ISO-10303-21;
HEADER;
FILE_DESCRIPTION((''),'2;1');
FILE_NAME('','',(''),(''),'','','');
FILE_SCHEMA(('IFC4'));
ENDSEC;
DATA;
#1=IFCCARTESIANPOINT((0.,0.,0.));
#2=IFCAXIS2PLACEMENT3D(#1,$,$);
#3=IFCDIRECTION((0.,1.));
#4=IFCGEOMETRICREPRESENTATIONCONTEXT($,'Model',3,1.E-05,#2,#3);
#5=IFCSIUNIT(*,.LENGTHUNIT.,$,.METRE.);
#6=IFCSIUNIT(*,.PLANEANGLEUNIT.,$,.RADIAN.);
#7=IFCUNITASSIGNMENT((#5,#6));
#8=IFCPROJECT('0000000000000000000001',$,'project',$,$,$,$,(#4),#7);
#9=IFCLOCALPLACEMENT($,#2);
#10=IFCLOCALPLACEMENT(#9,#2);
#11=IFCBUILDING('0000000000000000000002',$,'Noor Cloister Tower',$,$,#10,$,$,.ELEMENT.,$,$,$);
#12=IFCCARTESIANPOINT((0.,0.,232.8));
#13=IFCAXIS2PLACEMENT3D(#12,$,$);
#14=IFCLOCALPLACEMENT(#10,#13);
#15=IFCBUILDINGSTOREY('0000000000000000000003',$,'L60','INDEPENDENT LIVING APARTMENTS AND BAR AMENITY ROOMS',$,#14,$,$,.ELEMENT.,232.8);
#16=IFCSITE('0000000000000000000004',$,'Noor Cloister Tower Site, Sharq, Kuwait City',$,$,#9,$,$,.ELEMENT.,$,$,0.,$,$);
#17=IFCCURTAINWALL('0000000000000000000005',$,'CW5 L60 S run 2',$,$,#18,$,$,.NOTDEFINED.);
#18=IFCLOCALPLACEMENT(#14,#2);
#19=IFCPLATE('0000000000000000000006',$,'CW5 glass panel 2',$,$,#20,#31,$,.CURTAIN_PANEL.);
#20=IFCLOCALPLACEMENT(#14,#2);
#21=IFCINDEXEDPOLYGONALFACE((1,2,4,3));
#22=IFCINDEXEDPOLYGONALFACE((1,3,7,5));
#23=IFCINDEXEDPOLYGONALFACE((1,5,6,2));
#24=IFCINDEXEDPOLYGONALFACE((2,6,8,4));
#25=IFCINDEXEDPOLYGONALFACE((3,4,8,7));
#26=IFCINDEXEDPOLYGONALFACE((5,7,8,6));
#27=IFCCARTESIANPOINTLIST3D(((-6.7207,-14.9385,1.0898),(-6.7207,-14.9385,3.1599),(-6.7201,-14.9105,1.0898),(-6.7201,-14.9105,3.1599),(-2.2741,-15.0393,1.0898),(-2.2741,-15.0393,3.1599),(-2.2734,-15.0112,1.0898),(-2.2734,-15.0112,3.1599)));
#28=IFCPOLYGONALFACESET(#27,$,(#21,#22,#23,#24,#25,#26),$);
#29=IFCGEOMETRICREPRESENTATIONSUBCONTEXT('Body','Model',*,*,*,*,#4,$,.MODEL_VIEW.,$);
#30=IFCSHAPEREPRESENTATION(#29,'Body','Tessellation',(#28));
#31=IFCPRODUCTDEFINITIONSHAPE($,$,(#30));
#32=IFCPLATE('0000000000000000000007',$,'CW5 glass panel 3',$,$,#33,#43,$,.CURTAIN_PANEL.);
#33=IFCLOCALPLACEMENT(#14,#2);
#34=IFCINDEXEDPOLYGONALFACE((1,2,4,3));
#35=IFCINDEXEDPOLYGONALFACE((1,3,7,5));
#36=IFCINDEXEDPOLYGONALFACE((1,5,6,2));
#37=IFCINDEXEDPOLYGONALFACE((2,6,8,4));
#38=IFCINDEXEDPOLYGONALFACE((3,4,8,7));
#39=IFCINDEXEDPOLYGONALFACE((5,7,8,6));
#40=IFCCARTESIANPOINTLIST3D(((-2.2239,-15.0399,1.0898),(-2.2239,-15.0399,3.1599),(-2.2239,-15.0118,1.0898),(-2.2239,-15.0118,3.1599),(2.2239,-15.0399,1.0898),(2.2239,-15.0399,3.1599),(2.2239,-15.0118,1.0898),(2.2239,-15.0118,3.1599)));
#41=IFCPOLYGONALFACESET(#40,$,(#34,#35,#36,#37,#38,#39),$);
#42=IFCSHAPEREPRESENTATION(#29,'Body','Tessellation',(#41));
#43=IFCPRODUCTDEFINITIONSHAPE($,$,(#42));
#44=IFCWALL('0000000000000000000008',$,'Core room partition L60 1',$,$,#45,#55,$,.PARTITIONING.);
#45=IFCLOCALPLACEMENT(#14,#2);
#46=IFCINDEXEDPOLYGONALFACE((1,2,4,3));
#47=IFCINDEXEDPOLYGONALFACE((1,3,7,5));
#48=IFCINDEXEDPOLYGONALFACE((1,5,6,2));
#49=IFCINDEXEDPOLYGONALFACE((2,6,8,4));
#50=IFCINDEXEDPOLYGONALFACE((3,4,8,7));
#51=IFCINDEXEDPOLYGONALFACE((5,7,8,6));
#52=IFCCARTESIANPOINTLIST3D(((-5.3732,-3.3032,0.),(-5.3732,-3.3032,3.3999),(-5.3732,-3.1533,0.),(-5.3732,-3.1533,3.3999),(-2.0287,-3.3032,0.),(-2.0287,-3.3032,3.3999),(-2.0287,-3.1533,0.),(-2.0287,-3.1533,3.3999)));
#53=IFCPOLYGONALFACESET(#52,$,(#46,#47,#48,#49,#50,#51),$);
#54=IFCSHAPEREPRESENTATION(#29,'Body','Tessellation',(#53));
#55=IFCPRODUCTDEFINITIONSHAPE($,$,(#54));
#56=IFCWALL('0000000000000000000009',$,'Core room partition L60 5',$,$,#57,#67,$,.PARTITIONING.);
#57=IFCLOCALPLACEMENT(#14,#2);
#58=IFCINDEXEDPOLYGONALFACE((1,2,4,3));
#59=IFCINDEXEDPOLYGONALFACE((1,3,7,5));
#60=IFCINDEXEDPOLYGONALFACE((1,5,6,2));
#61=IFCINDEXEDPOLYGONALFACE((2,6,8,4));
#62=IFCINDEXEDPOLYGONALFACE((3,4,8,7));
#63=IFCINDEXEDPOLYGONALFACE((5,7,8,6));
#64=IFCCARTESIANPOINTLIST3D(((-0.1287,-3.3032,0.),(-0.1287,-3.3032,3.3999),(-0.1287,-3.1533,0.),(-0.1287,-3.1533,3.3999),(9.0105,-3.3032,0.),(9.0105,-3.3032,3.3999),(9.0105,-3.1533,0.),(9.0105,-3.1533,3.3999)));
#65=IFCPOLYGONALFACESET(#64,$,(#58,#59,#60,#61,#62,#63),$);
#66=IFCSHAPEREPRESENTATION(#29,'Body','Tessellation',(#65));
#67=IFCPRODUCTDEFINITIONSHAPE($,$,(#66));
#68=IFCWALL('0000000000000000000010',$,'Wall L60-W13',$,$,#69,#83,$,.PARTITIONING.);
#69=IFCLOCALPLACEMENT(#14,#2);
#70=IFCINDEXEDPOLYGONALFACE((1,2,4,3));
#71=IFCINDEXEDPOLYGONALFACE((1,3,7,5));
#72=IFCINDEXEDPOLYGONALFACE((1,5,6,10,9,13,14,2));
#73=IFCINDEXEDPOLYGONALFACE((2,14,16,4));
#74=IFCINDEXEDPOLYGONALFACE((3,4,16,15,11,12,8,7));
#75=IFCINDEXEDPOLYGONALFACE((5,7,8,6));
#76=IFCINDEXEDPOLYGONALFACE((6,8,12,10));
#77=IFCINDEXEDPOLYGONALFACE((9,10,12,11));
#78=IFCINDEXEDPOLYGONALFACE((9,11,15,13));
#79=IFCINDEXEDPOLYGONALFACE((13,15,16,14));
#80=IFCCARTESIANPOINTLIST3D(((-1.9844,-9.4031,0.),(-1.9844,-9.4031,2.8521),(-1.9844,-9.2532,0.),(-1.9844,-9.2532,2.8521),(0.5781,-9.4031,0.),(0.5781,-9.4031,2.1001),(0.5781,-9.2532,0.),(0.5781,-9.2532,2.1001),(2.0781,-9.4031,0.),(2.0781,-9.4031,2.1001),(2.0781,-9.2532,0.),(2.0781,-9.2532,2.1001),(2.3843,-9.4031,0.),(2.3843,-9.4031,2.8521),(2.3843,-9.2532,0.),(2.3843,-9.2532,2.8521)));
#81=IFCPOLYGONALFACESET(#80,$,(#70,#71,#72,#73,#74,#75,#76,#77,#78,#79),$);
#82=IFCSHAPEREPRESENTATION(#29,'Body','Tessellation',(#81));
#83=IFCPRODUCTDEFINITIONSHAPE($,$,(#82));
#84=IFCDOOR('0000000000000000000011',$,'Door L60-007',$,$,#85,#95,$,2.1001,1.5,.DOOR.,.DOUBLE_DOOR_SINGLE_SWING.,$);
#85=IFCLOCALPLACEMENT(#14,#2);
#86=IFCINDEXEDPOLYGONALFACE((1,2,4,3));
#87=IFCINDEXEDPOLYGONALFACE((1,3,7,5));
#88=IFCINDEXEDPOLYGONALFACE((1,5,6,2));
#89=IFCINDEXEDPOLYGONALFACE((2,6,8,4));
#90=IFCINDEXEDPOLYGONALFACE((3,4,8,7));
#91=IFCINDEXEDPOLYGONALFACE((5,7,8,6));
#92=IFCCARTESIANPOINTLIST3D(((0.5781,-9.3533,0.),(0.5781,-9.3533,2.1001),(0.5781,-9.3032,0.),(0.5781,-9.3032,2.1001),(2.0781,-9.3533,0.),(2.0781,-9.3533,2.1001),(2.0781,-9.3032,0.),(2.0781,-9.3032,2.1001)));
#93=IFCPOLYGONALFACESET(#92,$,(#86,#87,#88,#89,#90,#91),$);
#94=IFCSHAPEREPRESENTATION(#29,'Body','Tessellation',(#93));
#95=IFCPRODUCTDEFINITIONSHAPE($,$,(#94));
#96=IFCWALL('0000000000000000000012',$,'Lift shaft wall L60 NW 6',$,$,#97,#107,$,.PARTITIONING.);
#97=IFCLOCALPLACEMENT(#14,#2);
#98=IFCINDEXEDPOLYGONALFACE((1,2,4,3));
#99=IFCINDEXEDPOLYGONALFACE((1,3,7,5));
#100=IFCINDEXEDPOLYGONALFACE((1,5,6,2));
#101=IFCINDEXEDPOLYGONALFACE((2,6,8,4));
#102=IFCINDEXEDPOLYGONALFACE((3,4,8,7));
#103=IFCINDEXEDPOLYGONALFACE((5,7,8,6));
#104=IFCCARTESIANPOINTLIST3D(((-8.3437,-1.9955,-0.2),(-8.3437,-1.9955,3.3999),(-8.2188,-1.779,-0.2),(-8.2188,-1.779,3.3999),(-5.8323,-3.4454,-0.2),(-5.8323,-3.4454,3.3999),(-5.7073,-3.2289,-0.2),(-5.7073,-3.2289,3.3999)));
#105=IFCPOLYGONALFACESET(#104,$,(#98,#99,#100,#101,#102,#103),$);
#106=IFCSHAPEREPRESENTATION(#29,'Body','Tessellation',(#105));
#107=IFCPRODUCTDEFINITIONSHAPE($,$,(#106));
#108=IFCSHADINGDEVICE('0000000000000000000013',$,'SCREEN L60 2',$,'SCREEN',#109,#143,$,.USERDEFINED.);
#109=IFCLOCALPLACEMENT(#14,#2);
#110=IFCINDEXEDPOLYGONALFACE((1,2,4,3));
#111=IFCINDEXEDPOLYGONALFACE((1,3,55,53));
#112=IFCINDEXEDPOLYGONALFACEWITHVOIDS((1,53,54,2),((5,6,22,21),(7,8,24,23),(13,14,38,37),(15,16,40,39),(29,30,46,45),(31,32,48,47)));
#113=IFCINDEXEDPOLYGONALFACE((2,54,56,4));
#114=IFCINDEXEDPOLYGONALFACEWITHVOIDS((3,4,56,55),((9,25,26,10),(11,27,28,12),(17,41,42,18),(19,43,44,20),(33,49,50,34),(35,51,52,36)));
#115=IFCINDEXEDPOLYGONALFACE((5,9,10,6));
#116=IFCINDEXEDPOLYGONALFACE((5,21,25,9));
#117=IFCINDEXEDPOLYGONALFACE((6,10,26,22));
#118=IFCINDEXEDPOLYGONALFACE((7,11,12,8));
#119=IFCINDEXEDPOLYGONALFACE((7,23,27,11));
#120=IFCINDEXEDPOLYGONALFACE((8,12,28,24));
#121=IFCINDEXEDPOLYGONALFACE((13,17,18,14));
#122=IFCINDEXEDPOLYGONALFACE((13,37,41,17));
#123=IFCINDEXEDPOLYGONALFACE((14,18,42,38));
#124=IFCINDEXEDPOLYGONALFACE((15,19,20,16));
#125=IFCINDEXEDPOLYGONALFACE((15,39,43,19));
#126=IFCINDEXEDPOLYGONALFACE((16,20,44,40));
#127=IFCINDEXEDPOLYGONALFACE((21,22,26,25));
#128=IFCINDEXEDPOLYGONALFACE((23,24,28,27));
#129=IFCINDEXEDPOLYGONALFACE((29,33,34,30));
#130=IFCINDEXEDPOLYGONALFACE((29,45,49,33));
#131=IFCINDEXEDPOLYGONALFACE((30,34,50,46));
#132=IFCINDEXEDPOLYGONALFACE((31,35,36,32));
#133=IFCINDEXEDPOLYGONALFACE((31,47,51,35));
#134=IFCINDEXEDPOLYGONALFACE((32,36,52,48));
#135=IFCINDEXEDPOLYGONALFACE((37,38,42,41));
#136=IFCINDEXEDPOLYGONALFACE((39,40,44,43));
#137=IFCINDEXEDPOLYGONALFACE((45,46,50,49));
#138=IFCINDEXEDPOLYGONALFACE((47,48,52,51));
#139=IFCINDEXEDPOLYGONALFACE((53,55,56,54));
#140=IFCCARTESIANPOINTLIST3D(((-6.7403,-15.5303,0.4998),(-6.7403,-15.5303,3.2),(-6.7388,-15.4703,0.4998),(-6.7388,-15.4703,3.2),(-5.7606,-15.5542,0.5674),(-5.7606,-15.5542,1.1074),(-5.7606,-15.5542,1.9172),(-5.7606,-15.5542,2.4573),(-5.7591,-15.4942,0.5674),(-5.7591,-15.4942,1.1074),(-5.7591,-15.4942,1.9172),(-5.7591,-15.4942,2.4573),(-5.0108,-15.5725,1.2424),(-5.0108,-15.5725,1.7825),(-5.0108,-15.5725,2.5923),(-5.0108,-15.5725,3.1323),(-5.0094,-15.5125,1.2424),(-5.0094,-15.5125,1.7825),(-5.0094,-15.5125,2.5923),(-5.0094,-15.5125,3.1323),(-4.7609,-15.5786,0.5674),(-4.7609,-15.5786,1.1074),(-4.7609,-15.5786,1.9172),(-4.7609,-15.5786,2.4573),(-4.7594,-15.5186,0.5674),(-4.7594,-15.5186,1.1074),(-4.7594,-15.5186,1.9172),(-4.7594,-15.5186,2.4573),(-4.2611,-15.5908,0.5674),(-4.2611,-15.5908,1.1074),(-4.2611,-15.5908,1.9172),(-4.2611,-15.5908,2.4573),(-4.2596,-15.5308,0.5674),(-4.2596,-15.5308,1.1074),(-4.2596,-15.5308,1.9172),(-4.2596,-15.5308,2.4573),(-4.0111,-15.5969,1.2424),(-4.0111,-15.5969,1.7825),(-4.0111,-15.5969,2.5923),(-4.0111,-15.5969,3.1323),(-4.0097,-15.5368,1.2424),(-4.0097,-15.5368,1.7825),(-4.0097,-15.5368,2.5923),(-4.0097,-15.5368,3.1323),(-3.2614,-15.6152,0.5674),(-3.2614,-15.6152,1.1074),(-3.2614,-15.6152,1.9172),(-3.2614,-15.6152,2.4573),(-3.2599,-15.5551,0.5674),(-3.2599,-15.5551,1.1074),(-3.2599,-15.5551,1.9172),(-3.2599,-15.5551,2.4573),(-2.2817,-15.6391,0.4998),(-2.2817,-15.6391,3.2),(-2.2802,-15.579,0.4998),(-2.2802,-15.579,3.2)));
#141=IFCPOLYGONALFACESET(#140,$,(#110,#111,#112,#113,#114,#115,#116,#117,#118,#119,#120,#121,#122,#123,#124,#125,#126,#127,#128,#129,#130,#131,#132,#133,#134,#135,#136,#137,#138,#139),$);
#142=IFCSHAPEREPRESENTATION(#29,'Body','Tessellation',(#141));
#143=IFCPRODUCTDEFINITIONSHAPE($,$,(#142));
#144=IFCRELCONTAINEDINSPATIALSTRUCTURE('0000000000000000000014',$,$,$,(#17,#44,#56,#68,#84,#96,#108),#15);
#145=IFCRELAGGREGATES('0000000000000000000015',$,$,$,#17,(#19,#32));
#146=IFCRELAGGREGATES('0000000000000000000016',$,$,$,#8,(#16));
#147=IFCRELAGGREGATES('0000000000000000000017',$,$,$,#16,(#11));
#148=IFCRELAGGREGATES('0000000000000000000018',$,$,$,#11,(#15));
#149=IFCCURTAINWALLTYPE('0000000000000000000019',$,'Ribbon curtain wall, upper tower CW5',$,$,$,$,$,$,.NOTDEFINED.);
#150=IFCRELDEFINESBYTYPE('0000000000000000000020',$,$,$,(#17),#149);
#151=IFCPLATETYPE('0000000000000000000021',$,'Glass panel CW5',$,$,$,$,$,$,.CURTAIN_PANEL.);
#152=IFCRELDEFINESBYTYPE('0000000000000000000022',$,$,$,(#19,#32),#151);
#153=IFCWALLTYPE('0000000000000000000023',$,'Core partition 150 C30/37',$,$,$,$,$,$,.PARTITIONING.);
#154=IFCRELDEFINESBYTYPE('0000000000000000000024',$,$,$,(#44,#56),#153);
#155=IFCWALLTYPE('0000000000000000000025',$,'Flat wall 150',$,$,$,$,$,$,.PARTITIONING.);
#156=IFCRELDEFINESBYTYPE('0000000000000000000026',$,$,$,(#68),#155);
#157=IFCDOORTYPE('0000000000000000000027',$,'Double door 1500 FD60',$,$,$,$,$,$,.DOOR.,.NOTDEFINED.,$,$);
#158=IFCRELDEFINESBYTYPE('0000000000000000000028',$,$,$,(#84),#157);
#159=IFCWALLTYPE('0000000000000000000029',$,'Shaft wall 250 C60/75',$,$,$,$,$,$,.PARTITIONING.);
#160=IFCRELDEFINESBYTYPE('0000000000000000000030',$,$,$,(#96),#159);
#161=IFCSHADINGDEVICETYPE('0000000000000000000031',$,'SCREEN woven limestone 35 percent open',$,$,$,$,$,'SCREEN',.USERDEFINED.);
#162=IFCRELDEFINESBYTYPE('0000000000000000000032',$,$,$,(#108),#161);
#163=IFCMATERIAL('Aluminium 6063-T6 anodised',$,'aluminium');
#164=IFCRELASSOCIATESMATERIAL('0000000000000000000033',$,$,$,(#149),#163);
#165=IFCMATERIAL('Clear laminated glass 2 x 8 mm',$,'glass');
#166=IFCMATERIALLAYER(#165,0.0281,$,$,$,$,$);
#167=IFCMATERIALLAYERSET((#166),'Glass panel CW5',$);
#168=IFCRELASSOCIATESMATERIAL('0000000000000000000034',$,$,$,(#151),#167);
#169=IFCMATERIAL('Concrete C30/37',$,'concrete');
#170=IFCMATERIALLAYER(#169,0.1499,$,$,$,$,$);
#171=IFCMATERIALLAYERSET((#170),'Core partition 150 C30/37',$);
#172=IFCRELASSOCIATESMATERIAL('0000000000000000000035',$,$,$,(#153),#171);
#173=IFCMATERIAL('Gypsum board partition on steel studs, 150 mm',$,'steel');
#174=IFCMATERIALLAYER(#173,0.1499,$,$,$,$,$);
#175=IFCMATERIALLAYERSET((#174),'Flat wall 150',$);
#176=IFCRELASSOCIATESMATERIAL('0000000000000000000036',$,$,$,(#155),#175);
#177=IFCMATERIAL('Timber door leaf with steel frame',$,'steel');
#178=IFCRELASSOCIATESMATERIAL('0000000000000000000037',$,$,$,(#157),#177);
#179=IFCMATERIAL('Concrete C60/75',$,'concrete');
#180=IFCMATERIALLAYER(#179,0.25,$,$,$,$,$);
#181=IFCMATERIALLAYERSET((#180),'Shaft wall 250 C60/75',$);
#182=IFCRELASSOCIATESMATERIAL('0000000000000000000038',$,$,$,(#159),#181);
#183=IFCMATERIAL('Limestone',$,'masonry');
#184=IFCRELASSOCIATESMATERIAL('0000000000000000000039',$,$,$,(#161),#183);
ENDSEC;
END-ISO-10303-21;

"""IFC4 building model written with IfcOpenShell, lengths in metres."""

from ifc_helpers import new_model, si_unit, direction, frame, frame_2d, origin, origin_2d, place, context, subcontext, project, spatial, polyline, rectangle, outline, extrude, material, layer, layer_set, material_profile, profile_set, type_object, element, fill, aggregate, save


model = new_model("IFC4")

# Units and contexts
model_context = context("Model", 3, precision=1e-05, world=origin(), true_north=direction((0.0, 1.0)))
body_context = subcontext(model_context, "Body", "Model", "MODEL_VIEW")
ifc_project = project(units=[si_unit("LENGTHUNIT", "METRE"), si_unit("PLANEANGLEUNIT", "RADIAN")], contexts=[model_context])

# Site, building, storey
site_placement = place(None, origin())
site = spatial("IfcSite", under=ifc_project, at=site_placement, Name="Noor Cloister Tower Site, Sharq, Kuwait City", CompositionType="ELEMENT", RefElevation=0.0)
building_placement = place(site_placement, origin())
building = spatial("IfcBuilding", under=site, at=building_placement, Name="Noor Cloister Tower", CompositionType="ELEMENT")
storey_placement = place(building_placement, frame((0.0, 0.0, 232.8)))
storey = spatial("IfcBuildingStorey", under=building, at=storey_placement, Name="L60", Description="INDEPENDENT LIVING APARTMENTS AND BAR AMENITY ROOMS", CompositionType="ELEMENT", Elevation=232.8)

# Curtain wall
ifc_material_1 = material(Name="Aluminium 6063-T6 anodised", Category="aluminium")
curtain_wall_type = type_object("IfcCurtainWallType", Name="Ribbon curtain wall, upper tower CW5", PredefinedType="NOTDEFINED", material=ifc_material_1)
curtain_wall_1_placement = place(storey_placement, origin())
curtain_wall_1 = element("IfcCurtainWall", 1, at=curtain_wall_1_placement, inside=storey, type_object=curtain_wall_type, Name="CW5 L60 S run 2", PredefinedType="NOTDEFINED")

# Plates
ifc_material_2 = material(Name="Clear laminated glass 2 x 8 mm", Category="glass")
ifc_layer_1 = layer(ifc_material_2, 0.0281)
ifc_layer_set_1 = layer_set([ifc_layer_1], Name="Glass panel CW5")
plate_type = type_object("IfcPlateType", Name="Glass panel CW5", PredefinedType="CURTAIN_PANEL", material=ifc_layer_set_1)
plate_1_placement = place(storey_placement, frame((-4.4971, -14.9749, 1.0898), z_axis=(0.0, 0.0, 1.0), x_axis=(0.999743, -0.022649, 0.0)))
plate_1 = element("IfcPlate", 2, at=plate_1_placement, type_object=plate_type, Name="CW5 glass panel 2", PredefinedType="CURTAIN_PANEL", context=body_context, shape_type="SweptSolid", body=[
    extrude(rectangle(XDim=4.4478, YDim=0.0281, at=origin_2d()), origin(), (0.0, 0.0, 1.0), 2.0701),
])
plate_2_placement = place(storey_placement, frame((0.0, -15.0259, 1.0898), z_axis=(0.0, 0.0, 1.0), x_axis=(1.0, 0.0, 0.0)))
plate_2 = element("IfcPlate", 3, at=plate_2_placement, type_object=plate_type, Name="CW5 glass panel 3", PredefinedType="CURTAIN_PANEL", context=body_context, shape_type="SweptSolid", body=[
    extrude(rectangle(XDim=4.4478, YDim=0.0281, at=origin_2d()), origin(), (0.0, 0.0, 1.0), 2.0701),
])
aggregate(curtain_wall_1, [plate_1, plate_2])

# Walls
ifc_material_3 = material(Name="Concrete C30/37", Category="concrete")
ifc_layer_2 = layer(ifc_material_3, 0.1499)
ifc_layer_set_2 = layer_set([ifc_layer_2], Name="Core partition 150 C30/37")
wall_type_1 = type_object("IfcWallType", Name="Core partition 150 C30/37", PredefinedType="PARTITIONING", material=ifc_layer_set_2)
wall_1_placement = place(storey_placement, frame((-5.3733, -3.2283, 0.0), z_axis=(0.0, 0.0, 1.0), x_axis=(1.0, 0.0, 0.0)))
element("IfcWall", 4, at=wall_1_placement, inside=storey, type_object=wall_type_1, Name="Core room partition L60 1", PredefinedType="PARTITIONING", context=body_context, shape_type="SweptSolid", body=[
    extrude(rectangle(XDim=3.3445, YDim=0.1499, at=frame_2d((1.6724, 0.0))), origin(), (0.0, 0.0, 1.0), 3.3999),
])
wall_2_placement = place(storey_placement, frame((-0.1287, -3.2283, 0.0), z_axis=(0.0, 0.0, 1.0), x_axis=(1.0, 0.0, 0.0)))
element("IfcWall", 5, at=wall_2_placement, inside=storey, type_object=wall_type_1, Name="Core room partition L60 5", PredefinedType="PARTITIONING", context=body_context, shape_type="SweptSolid", body=[
    extrude(rectangle(XDim=9.1392, YDim=0.1499, at=frame_2d((4.5696, 0.0))), origin(), (0.0, 0.0, 1.0), 3.3999),
])

# Wall, opening, door
ifc_material_4 = material(Name="Gypsum board partition on steel studs, 150 mm", Category="steel")
ifc_layer_3 = layer(ifc_material_4, 0.1499)
ifc_layer_set_3 = layer_set([ifc_layer_3], Name="Flat wall 150")
wall_type_2 = type_object("IfcWallType", Name="Flat wall 150", PredefinedType="PARTITIONING", material=ifc_layer_set_3)
wall_3_placement = place(storey_placement, frame((-1.9844, -9.3281, 0.0), z_axis=(0.0, 0.0, 1.0), x_axis=(1.0, 0.0, 0.0)))
wall_3 = element("IfcWall", 6, at=wall_3_placement, inside=storey, type_object=wall_type_2, Name="Wall L60-W13", PredefinedType="PARTITIONING", context=body_context, shape_type="SweptSolid", body=[
    extrude(rectangle(XDim=4.3687, YDim=0.1499, at=frame_2d((2.1843, 0.0))), origin(), (0.0, 0.0, 1.0), 2.8521),
])
opening_placement = place(wall_3_placement, frame((2.5625, 0.0, 0.0)))
opening = element("IfcOpeningElement", 7, at=opening_placement, cuts=wall_3, PredefinedType="OPENING", context=body_context, shape_type="SweptSolid", body=[
    extrude(rectangle(XDim=1.5, YDim=2.1001, at=frame_2d((0.75, 1.05))), frame((0.0, 0.085, 0.0), z_axis=(0.0, -1.0, 0.0), x_axis=(1.0, 0.0, 0.0)), (0.0, 0.0, 1.0), 0.1699),
])
ifc_material_5 = material(Name="Timber door leaf with steel frame", Category="steel")
door_type = type_object("IfcDoorType", Name="Double door 1500 FD60", OperationType="NOTDEFINED", PredefinedType="DOOR", material=ifc_material_5)
door_placement = place(opening_placement, origin())
door = element("IfcDoor", 8, at=door_placement, inside=storey, type_object=door_type, Name="Door L60-007", OperationType="DOUBLE_DOOR_SINGLE_SWING", OverallHeight=2.1001, OverallWidth=1.5, PredefinedType="DOOR", context=body_context, shape_type="SweptSolid", body=[
    extrude(rectangle(XDim=1.5, YDim=2.1001, at=frame_2d((0.75, 1.05))), frame((0.0, 0.0249, 0.0), z_axis=(0.0, -1.0, 0.0), x_axis=(1.0, 0.0, 0.0)), (0.0, 0.0, 1.0), 0.05),
])
fill(opening, door)

# Wall
ifc_material_6 = material(Name="Concrete C60/75", Category="concrete")
ifc_layer_4 = layer(ifc_material_6, 0.25)
ifc_layer_set_4 = layer_set([ifc_layer_4], Name="Shaft wall 250 C60/75")
wall_type_3 = type_object("IfcWallType", Name="Shaft wall 250 C60/75", PredefinedType="PARTITIONING", material=ifc_layer_set_4)
wall_4_placement = place(storey_placement, frame((-8.2812, -1.8872, -0.2), z_axis=(0.0, 0.0, 1.0), x_axis=(0.866033, -0.499987, 0.0)))
element("IfcWall", 9, at=wall_4_placement, inside=storey, type_object=wall_type_3, Name="Lift shaft wall L60 NW 6", PredefinedType="PARTITIONING", context=body_context, shape_type="SweptSolid", body=[
    extrude(rectangle(XDim=2.8999, YDim=0.25, at=frame_2d((1.45, 0.0))), origin(), (0.0, 0.0, 1.0), 3.5999),
])

# Shading device
ifc_material_7 = material(Name="Limestone", Category="masonry")
ifc_material_profile_1 = material_profile(ifc_material_7, outline(polyline([(-2.23, -1.3501), (2.23, -1.3501), (2.23, 1.3501), (-2.23, 1.3501), (-2.23, -1.3501)]), holes=[polyline([(-1.25, -1.2825), (-0.25, -1.2825), (-0.25, -0.7424), (-1.25, -0.7424), (-1.25, -1.2825)]), polyline([(0.25, -1.2825), (1.25, -1.2825), (1.25, -0.7424), (0.25, -0.7424), (0.25, -1.2825)]), polyline([(-0.5, -0.6074), (0.5, -0.6074), (0.5, -0.0674), (-0.5, -0.0674), (-0.5, -0.6074)]), polyline([(-1.25, 0.0674), (-0.25, 0.0674), (-0.25, 0.6074), (-1.25, 0.6074), (-1.25, 0.0674)]), polyline([(0.25, 0.0674), (1.25, 0.0674), (1.25, 0.6074), (0.25, 0.6074), (0.25, 0.0674)]), polyline([(-0.5, 0.7424), (0.5, 0.7424), (0.5, 1.2825), (-0.5, 1.2825), (-0.5, 0.7424)])]), Name="Woven screen 35 percent open")
ifc_profile_set_1 = profile_set([ifc_material_profile_1], Name="Limestone")
shading_device_type = type_object("IfcShadingDeviceType", Name="SCREEN woven limestone 35 percent open", ElementType="SCREEN", PredefinedType="USERDEFINED", material=ifc_profile_set_1)
for number, where, z_axis, x_axis, name in (
    (10, (-4.5095, -15.5247, 1.8499), (-0.024383, -0.999703, 0.0), (0.999703, -0.024383, 0.0), "SCREEN L60 2"),
):
    element("IfcShadingDevice", number, at=place(storey_placement, frame(where, z_axis=z_axis, x_axis=x_axis)), inside=storey, type_object=shading_device_type, Name=name, ObjectType="SCREEN", PredefinedType="USERDEFINED", context=body_context, shape_type="SweptSolid", body=[
        extrude(outline(polyline([(-2.23, -1.3501), (2.23, -1.3501), (2.23, 1.3501), (-2.23, 1.3501), (-2.23, -1.3501)]), holes=[polyline([(-1.25, -1.2825), (-0.25, -1.2825), (-0.25, -0.7424), (-1.25, -0.7424), (-1.25, -1.2825)]), polyline([(0.25, -1.2825), (1.25, -1.2825), (1.25, -0.7424), (0.25, -0.7424), (0.25, -1.2825)]), polyline([(-0.5, -0.6074), (0.5, -0.6074), (0.5, -0.0674), (-0.5, -0.0674), (-0.5, -0.6074)]), polyline([(-1.25, 0.0674), (-0.25, 0.0674), (-0.25, 0.6074), (-1.25, 0.6074), (-1.25, 0.0674)]), polyline([(0.25, 0.0674), (1.25, 0.0674), (1.25, 0.6074), (0.25, 0.6074), (0.25, 0.0674)]), polyline([(-0.5, 0.7424), (0.5, 0.7424), (0.5, 1.2825), (-0.5, 1.2825), (-0.5, 0.7424)])]), origin(), (0.0, 0.0, 1.0), 0.0601),
    ])

save(model, "model.ifc")
